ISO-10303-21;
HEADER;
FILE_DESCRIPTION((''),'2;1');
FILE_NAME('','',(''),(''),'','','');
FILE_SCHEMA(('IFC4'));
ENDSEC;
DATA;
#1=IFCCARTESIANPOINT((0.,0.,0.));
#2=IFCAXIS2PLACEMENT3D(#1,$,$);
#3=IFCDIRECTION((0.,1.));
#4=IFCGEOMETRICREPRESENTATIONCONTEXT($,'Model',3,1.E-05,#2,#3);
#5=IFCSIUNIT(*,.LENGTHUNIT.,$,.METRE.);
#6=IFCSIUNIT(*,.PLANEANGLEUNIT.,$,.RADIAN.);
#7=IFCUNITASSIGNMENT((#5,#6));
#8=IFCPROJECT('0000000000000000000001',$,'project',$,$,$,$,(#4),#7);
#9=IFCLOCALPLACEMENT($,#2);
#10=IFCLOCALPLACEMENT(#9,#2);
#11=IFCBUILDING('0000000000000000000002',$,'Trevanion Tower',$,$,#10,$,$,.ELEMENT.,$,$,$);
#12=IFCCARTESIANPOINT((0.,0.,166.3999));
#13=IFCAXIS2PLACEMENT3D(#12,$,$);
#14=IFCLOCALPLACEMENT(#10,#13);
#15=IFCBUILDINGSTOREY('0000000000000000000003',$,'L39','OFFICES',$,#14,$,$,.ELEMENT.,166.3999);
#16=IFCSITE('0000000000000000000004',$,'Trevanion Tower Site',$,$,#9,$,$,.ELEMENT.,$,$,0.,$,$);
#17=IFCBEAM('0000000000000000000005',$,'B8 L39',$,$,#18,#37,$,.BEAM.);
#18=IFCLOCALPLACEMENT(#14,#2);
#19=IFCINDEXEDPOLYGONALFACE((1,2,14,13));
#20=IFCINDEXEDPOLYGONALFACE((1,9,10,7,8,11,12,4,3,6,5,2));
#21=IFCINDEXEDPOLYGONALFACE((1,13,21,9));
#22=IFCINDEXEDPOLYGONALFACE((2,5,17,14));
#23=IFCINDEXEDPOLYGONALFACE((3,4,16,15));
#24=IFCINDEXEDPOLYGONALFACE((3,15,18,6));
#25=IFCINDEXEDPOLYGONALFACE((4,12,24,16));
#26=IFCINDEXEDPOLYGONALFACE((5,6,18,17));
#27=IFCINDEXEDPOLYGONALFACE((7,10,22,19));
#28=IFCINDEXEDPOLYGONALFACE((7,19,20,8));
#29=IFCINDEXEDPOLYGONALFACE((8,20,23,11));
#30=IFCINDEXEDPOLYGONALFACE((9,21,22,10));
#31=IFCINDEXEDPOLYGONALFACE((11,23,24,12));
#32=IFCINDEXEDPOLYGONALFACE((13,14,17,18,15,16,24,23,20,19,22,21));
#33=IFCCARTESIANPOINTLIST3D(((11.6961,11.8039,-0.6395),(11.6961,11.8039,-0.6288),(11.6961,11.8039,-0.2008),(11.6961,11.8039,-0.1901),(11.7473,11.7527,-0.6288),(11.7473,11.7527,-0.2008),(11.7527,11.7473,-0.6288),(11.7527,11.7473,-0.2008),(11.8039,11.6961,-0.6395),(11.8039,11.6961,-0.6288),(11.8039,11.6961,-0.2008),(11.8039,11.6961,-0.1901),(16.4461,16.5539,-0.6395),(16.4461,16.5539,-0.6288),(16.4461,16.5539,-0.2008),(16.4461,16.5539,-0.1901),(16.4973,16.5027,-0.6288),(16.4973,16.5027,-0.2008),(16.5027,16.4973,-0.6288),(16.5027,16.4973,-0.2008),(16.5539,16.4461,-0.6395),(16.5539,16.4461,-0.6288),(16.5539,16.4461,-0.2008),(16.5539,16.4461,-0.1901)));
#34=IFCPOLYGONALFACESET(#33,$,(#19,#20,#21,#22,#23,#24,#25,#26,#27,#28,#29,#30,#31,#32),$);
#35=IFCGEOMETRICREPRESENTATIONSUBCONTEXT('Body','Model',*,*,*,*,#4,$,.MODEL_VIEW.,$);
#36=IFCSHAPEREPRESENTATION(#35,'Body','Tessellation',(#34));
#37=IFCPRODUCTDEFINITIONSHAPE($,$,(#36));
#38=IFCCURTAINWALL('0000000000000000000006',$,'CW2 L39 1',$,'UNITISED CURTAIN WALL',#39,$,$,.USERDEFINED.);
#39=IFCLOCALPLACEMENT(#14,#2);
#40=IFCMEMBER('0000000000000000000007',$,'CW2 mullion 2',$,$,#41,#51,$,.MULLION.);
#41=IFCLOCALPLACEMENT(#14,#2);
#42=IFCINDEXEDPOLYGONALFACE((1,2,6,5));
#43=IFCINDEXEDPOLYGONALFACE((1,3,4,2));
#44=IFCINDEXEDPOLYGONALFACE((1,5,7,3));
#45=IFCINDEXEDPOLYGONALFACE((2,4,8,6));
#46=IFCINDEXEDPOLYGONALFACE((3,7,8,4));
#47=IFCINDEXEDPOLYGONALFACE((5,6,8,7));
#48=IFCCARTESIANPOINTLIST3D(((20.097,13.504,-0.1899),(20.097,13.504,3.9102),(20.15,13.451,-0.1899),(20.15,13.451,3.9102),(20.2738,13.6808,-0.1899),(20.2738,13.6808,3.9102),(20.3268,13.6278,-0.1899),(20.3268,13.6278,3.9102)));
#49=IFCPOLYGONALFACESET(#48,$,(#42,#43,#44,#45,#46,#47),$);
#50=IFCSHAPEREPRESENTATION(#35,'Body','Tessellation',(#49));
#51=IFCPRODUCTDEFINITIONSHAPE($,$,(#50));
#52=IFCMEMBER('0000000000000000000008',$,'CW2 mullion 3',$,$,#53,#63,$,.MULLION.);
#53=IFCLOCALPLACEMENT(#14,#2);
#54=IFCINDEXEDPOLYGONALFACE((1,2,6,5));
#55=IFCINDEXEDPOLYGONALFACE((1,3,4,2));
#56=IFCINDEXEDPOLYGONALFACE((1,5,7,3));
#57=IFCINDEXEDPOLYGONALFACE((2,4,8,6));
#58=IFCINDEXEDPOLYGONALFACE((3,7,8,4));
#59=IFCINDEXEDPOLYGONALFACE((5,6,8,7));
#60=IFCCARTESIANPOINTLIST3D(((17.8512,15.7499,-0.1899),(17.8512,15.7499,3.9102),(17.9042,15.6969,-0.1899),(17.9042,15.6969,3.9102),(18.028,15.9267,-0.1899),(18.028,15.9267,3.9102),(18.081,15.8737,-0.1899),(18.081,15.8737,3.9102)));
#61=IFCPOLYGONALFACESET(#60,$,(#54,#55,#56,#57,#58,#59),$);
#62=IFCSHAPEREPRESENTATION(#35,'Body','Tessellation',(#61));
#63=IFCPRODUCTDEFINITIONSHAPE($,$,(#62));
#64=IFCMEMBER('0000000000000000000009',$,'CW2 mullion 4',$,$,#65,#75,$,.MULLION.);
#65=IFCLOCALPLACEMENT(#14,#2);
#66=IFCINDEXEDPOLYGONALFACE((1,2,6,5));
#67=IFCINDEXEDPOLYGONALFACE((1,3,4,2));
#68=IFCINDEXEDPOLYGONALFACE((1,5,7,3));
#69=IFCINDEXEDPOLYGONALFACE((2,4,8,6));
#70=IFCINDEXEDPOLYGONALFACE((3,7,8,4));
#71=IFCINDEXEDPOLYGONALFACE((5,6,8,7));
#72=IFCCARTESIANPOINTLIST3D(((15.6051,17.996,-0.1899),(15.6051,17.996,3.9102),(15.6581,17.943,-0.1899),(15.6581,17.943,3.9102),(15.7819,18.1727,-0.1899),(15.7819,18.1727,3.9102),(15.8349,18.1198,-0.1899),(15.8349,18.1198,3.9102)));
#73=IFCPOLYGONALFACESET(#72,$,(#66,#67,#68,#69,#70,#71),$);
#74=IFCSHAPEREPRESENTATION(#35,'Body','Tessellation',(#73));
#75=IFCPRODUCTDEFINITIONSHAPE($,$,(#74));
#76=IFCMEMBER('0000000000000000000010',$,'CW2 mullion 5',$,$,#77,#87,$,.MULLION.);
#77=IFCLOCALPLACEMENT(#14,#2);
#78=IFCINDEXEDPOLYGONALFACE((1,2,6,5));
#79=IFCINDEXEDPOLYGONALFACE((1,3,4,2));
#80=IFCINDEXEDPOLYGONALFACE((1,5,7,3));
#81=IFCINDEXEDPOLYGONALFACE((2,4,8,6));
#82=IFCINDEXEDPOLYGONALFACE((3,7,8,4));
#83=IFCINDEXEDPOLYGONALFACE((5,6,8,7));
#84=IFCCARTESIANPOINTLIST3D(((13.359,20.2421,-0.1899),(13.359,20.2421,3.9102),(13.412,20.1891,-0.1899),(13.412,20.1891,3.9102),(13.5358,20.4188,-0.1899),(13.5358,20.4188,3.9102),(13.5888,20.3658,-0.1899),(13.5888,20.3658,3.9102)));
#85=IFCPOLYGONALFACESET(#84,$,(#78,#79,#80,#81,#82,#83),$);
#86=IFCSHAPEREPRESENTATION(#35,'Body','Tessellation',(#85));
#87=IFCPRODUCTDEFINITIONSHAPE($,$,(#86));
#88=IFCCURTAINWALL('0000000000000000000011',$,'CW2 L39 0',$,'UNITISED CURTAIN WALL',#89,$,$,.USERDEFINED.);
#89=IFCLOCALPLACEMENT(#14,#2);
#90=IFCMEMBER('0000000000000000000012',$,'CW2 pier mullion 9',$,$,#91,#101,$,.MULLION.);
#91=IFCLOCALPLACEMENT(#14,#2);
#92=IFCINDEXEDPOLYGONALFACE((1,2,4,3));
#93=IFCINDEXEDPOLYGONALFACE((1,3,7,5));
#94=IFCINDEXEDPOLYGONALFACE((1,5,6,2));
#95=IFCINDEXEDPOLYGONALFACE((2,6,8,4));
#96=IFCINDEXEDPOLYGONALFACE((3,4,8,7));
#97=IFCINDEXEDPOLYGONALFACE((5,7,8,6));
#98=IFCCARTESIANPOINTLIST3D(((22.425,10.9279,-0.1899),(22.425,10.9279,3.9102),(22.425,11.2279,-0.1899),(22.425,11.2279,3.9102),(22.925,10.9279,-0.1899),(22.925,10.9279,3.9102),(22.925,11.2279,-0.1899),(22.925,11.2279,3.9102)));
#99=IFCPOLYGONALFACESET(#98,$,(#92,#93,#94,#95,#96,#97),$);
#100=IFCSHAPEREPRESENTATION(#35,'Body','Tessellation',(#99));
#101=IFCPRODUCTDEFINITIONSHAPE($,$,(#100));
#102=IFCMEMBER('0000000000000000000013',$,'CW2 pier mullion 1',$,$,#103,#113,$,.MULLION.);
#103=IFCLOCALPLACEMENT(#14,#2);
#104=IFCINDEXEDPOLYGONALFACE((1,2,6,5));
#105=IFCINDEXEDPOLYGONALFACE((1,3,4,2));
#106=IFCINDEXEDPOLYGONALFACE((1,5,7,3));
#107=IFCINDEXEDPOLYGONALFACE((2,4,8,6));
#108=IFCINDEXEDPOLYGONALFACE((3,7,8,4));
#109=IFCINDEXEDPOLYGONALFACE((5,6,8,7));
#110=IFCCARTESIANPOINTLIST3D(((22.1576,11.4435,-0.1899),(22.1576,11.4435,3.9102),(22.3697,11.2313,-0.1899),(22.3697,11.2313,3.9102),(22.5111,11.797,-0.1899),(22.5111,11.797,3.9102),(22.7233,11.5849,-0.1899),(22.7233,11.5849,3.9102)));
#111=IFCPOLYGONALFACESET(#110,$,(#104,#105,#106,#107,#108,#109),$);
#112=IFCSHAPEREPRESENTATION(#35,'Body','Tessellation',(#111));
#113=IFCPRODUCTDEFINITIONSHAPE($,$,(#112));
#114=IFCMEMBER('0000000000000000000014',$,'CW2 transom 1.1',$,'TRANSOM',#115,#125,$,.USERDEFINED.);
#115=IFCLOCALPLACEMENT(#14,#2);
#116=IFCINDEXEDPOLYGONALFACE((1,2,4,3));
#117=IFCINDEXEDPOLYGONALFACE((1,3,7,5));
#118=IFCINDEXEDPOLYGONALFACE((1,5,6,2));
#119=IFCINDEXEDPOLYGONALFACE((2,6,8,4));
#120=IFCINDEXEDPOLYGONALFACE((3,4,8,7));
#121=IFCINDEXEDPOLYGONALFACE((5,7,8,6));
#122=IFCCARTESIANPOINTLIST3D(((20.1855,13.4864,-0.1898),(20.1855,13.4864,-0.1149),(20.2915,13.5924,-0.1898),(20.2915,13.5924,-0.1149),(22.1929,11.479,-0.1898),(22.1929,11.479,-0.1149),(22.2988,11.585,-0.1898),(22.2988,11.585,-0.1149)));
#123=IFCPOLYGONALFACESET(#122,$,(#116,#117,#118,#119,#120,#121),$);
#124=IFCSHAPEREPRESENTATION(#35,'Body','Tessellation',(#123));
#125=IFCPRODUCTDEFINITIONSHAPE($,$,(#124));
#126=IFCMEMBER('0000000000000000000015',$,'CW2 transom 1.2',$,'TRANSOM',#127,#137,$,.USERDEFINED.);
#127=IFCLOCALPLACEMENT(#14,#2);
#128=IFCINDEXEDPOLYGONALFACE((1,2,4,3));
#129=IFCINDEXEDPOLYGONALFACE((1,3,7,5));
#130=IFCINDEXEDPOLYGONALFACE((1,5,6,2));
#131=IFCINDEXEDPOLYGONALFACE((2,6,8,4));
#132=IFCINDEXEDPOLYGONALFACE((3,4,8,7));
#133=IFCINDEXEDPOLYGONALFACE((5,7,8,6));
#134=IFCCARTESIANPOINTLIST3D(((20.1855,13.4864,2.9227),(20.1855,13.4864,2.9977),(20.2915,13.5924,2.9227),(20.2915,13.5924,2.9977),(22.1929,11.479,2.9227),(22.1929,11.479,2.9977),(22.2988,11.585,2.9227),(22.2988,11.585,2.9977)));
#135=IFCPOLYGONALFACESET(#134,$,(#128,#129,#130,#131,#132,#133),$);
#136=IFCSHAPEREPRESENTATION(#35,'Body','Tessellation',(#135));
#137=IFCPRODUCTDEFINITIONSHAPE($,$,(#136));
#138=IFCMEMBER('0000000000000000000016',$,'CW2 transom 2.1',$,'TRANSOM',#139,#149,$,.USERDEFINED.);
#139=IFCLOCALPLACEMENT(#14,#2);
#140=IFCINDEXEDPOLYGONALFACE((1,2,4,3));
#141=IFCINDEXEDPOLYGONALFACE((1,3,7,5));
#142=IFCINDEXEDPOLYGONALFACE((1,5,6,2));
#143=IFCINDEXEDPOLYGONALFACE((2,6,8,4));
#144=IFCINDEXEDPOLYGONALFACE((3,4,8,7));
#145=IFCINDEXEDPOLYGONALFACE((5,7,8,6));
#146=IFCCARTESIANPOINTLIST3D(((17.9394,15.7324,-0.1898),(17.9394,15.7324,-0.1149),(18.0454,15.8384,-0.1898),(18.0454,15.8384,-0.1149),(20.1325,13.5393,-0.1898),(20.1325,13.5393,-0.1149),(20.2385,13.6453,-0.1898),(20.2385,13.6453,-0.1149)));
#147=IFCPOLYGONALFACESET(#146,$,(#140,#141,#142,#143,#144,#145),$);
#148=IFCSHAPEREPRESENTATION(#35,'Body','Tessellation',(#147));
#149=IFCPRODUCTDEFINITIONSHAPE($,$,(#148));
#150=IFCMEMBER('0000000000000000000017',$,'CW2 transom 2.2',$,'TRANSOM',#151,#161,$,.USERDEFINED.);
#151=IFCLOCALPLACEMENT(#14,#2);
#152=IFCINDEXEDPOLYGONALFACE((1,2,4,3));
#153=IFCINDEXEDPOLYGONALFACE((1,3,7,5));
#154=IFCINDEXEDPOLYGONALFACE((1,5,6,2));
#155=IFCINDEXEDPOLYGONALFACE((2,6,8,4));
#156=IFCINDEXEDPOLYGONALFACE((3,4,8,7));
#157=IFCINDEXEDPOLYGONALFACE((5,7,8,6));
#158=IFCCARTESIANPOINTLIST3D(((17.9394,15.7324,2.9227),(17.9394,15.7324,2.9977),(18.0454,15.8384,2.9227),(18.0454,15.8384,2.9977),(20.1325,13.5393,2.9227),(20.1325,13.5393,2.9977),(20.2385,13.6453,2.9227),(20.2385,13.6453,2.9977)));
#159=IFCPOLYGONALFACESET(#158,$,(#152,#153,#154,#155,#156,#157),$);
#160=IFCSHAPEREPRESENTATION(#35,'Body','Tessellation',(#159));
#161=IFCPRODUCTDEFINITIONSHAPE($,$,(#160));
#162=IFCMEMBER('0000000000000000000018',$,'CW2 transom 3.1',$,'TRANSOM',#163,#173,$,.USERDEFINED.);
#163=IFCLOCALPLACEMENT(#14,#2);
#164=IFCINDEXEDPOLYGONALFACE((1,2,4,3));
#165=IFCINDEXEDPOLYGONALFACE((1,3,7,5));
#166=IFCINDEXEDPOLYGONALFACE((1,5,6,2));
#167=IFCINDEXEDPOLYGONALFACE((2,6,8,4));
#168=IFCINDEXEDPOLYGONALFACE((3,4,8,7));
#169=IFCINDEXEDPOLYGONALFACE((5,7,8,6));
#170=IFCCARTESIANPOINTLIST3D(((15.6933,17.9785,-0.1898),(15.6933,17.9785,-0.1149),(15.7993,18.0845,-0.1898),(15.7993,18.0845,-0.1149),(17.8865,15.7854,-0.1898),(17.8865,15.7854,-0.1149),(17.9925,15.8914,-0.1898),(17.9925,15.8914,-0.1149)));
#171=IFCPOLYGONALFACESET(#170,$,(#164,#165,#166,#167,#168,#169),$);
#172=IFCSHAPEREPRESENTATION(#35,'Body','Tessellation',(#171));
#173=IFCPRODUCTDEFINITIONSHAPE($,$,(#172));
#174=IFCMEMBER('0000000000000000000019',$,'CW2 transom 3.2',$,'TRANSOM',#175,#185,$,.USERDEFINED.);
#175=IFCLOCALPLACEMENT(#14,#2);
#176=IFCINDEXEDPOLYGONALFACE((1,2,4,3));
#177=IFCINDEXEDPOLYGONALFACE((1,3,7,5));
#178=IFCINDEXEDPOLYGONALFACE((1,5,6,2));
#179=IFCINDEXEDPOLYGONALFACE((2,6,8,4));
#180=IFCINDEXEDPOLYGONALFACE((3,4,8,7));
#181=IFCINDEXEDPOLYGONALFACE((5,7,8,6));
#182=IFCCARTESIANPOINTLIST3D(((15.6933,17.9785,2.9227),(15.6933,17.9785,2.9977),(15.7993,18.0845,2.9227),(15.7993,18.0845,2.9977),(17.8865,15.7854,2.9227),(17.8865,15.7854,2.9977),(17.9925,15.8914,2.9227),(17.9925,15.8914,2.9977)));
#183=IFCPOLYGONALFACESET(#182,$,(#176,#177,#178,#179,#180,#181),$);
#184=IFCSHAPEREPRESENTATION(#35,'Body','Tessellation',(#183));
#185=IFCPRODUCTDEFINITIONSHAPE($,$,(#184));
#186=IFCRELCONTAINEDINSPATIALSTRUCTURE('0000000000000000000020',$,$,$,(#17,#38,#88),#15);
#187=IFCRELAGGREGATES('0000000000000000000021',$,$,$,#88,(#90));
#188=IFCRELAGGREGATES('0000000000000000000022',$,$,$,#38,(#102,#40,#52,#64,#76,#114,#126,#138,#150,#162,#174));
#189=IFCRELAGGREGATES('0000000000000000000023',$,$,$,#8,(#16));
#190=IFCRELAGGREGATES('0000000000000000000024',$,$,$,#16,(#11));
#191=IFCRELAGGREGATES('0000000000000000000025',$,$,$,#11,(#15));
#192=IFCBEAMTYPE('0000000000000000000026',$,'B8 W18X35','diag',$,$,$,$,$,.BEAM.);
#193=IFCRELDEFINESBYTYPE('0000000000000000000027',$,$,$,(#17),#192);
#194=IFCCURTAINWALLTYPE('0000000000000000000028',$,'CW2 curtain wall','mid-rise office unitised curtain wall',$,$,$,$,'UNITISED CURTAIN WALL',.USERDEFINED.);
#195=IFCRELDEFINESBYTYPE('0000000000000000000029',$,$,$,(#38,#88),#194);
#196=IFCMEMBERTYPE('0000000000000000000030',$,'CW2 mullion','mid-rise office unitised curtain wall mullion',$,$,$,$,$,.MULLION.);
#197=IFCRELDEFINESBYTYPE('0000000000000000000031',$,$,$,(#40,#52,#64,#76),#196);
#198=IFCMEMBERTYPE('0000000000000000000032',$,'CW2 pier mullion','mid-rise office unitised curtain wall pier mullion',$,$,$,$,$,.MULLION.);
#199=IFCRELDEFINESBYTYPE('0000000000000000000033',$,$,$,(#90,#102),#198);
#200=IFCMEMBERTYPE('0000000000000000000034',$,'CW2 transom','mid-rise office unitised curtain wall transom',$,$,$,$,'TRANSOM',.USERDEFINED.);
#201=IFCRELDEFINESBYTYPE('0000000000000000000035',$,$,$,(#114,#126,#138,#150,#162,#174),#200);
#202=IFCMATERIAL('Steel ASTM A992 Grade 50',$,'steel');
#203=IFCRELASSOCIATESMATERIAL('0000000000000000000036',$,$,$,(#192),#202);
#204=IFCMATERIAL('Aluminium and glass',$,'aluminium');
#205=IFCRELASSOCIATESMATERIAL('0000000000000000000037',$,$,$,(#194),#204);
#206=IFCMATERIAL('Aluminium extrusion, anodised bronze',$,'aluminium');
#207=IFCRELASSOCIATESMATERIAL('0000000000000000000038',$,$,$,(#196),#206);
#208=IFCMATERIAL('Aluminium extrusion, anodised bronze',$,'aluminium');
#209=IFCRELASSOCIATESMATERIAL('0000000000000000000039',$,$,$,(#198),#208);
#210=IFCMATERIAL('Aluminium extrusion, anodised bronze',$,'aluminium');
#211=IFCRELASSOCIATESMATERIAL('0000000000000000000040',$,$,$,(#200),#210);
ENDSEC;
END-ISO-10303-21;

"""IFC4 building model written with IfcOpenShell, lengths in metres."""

from ifc_helpers import new_model, si_unit, direction, frame, origin, origin_2d, place, context, subcontext, project, spatial, rectangle, i_section, extrude, material, material_profile, profile_set, type_object, element, aggregate, save


model = new_model("IFC4")

# Units and contexts
model_context = context("Model", 3, precision=1e-05, world=origin(), true_north=direction((0.0, 1.0)))
body_context = subcontext(model_context, "Body", "Model", "MODEL_VIEW")
ifc_project = project(units=[si_unit("LENGTHUNIT", "METRE"), si_unit("PLANEANGLEUNIT", "RADIAN")], contexts=[model_context])

# Site, building, storey
site_placement = place(None, origin())
site = spatial("IfcSite", under=ifc_project, at=site_placement, Name="Trevanion Tower Site", CompositionType="ELEMENT", RefElevation=0.0)
building_placement = place(site_placement, origin())
building = spatial("IfcBuilding", under=site, at=building_placement, Name="Trevanion Tower", CompositionType="ELEMENT")
storey_placement = place(building_placement, frame((0.0, 0.0, 166.3999)))
storey = spatial("IfcBuildingStorey", under=building, at=storey_placement, Name="L39", Description="OFFICES", CompositionType="ELEMENT", Elevation=166.3999)

# Beam
ifc_material_1 = material(Name="Steel ASTM A992 Grade 50", Category="steel")
ifc_material_profile_1 = material_profile(ifc_material_1, i_section(OverallWidth=0.1523, OverallDepth=0.4495, WebThickness=0.0076, FlangeThickness=0.0107, at=origin_2d()), Name="W18X35")
ifc_profile_set_1 = profile_set([ifc_material_profile_1], Name="Steel ASTM A992 Grade 50")
beam_type_1 = type_object("IfcBeamType", Name="B8 W18X35", Description="diag", PredefinedType="BEAM", material=ifc_profile_set_1)
beam_1_placement = place(storey_placement, frame((11.75, 11.75, -0.4148), z_axis=(0.707107, 0.707107, 0.0), x_axis=(-0.707107, 0.707107, 0.0)))
element("IfcBeam", 1, at=beam_1_placement, inside=storey, type_object=beam_type_1, Name="B8 L39", PredefinedType="BEAM", context=body_context, shape_type="SweptSolid", body=[
    extrude(i_section(OverallWidth=0.1523, OverallDepth=0.4495, WebThickness=0.0076, FlangeThickness=0.0107, at=origin_2d()), origin(), (0.0, 0.0, 1.0), 6.7175),
])

# Curtain wall, members
ifc_material_2 = material(Name="Aluminium and glass", Category="aluminium")
curtain_wall_type = type_object("IfcCurtainWallType", Name="CW2 curtain wall", Description="mid-rise office unitised curtain wall", ElementType="UNITISED CURTAIN WALL", PredefinedType="USERDEFINED", material=ifc_material_2)
curtain_wall_1_placement = place(storey_placement, origin())
curtain_wall_1 = element("IfcCurtainWall", 2, at=curtain_wall_1_placement, inside=storey, type_object=curtain_wall_type, Name="CW2 L39 1", ObjectType="UNITISED CURTAIN WALL", PredefinedType="USERDEFINED")
ifc_material_3 = material(Name="Aluminium extrusion, anodised bronze", Category="aluminium")
ifc_material_profile_2 = material_profile(ifc_material_3, rectangle(XDim=0.075, YDim=0.25, at=origin_2d()), Name="CW2 mullion")
ifc_profile_set_2 = profile_set([ifc_material_profile_2], Name="Aluminium extrusion, anodised bronze")
member_type_1 = type_object("IfcMemberType", Name="CW2 mullion", Description="mid-rise office unitised curtain wall mullion", PredefinedType="MULLION", material=ifc_profile_set_2)
member_1_placement = place(storey_placement, frame((20.2119, 13.5659, -0.1899), z_axis=(0.0, 0.0, 1.0), x_axis=(-0.707107, 0.707107, 0.0)))
member_1 = element("IfcMember", 3, at=member_1_placement, type_object=member_type_1, Name="CW2 mullion 2", PredefinedType="MULLION", context=body_context, shape_type="SweptSolid", body=[
    extrude(rectangle(XDim=0.075, YDim=0.25, at=origin_2d()), origin(), (0.0, 0.0, 1.0), 4.1001),
])
member_2_placement = place(storey_placement, frame((17.9661, 15.8118, -0.1899), z_axis=(0.0, 0.0, 1.0), x_axis=(-0.707107, 0.707107, 0.0)))
member_2 = element("IfcMember", 4, at=member_2_placement, type_object=member_type_1, Name="CW2 mullion 3", PredefinedType="MULLION", context=body_context, shape_type="SweptSolid", body=[
    extrude(rectangle(XDim=0.075, YDim=0.25, at=origin_2d()), origin(), (0.0, 0.0, 1.0), 4.1001),
])
member_3_placement = place(storey_placement, frame((15.72, 18.0579, -0.1899), z_axis=(0.0, 0.0, 1.0), x_axis=(-0.707107, 0.707107, 0.0)))
member_3 = element("IfcMember", 5, at=member_3_placement, type_object=member_type_1, Name="CW2 mullion 4", PredefinedType="MULLION", context=body_context, shape_type="SweptSolid", body=[
    extrude(rectangle(XDim=0.075, YDim=0.25, at=origin_2d()), origin(), (0.0, 0.0, 1.0), 4.1001),
])
member_4_placement = place(storey_placement, frame((13.4739, 20.304, -0.1899), z_axis=(0.0, 0.0, 1.0), x_axis=(-0.707107, 0.707107, 0.0)))
member_4 = element("IfcMember", 6, at=member_4_placement, type_object=member_type_1, Name="CW2 mullion 5", PredefinedType="MULLION", context=body_context, shape_type="SweptSolid", body=[
    extrude(rectangle(XDim=0.075, YDim=0.25, at=origin_2d()), origin(), (0.0, 0.0, 1.0), 4.1001),
])

# Curtain wall, member
curtain_wall_2_placement = place(storey_placement, origin())
curtain_wall_2 = element("IfcCurtainWall", 7, at=curtain_wall_2_placement, inside=storey, type_object=curtain_wall_type, Name="CW2 L39 0", ObjectType="UNITISED CURTAIN WALL", PredefinedType="USERDEFINED")
ifc_material_4 = material(Name="Aluminium extrusion, anodised bronze", Category="aluminium")
ifc_material_profile_3 = material_profile(ifc_material_4, rectangle(XDim=0.3, YDim=0.5, at=origin_2d()), Name="CW2 pier mullion")
ifc_profile_set_3 = profile_set([ifc_material_profile_3], Name="Aluminium extrusion, anodised bronze")
member_type_2 = type_object("IfcMemberType", Name="CW2 pier mullion", Description="mid-rise office unitised curtain wall pier mullion", PredefinedType="MULLION", material=ifc_profile_set_3)
member_5_placement = place(storey_placement, frame((22.675, 11.0779, -0.1899), z_axis=(0.0, 0.0, 1.0), x_axis=(0.0, 1.0, 0.0)))
member_5 = element("IfcMember", 8, at=member_5_placement, type_object=member_type_2, Name="CW2 pier mullion 9", PredefinedType="MULLION", context=body_context, shape_type="SweptSolid", body=[
    extrude(rectangle(XDim=0.3, YDim=0.5, at=origin_2d()), origin(), (0.0, 0.0, 1.0), 4.1001),
])
aggregate(curtain_wall_2, [member_5])

# Members
member_6_placement = place(storey_placement, frame((22.4404, 11.5142, -0.1899), z_axis=(0.0, 0.0, 1.0), x_axis=(-0.707107, 0.707107, 0.0)))
member_6 = element("IfcMember", 9, at=member_6_placement, type_object=member_type_2, Name="CW2 pier mullion 1", PredefinedType="MULLION", context=body_context, shape_type="SweptSolid", body=[
    extrude(rectangle(XDim=0.3, YDim=0.5, at=origin_2d()), origin(), (0.0, 0.0, 1.0), 4.1001),
])
ifc_material_5 = material(Name="Aluminium extrusion, anodised bronze", Category="aluminium")
ifc_material_profile_4 = material_profile(ifc_material_5, rectangle(XDim=0.1499, YDim=0.075, at=origin_2d()), Name="CW2 transom")
ifc_profile_set_4 = profile_set([ifc_material_profile_4], Name="Aluminium extrusion, anodised bronze")
member_type_3 = type_object("IfcMemberType", Name="CW2 transom", Description="mid-rise office unitised curtain wall transom", ElementType="TRANSOM", PredefinedType="USERDEFINED", material=ifc_profile_set_4)
member_7_placement = place(storey_placement, frame((22.2458, 11.532, -0.1523), z_axis=(-0.707107, 0.707107, 0.0), x_axis=(-0.707107, -0.707107, 0.0)))
member_7 = element("IfcMember", 10, at=member_7_placement, type_object=member_type_3, Name="CW2 transom 1.1", ObjectType="TRANSOM", PredefinedType="USERDEFINED", context=body_context, shape_type="SweptSolid", body=[
    extrude(rectangle(XDim=0.1499, YDim=0.075, at=origin_2d()), origin(), (0.0, 0.0, 1.0), 2.8389),
])
member_8_placement = place(storey_placement, frame((22.2458, 11.532, 2.9602), z_axis=(-0.707107, 0.707107, 0.0), x_axis=(-0.707107, -0.707107, 0.0)))
member_8 = element("IfcMember", 11, at=member_8_placement, type_object=member_type_3, Name="CW2 transom 1.2", ObjectType="TRANSOM", PredefinedType="USERDEFINED", context=body_context, shape_type="SweptSolid", body=[
    extrude(rectangle(XDim=0.1499, YDim=0.075, at=origin_2d()), origin(), (0.0, 0.0, 1.0), 2.8389),
])
member_9_placement = place(storey_placement, frame((20.1855, 13.5923, -0.1523), z_axis=(-0.707107, 0.707107, 0.0), x_axis=(-0.707107, -0.707107, 0.0)))
member_9 = element("IfcMember", 12, at=member_9_placement, type_object=member_type_3, Name="CW2 transom 2.1", ObjectType="TRANSOM", PredefinedType="USERDEFINED", context=body_context, shape_type="SweptSolid", body=[
    extrude(rectangle(XDim=0.1499, YDim=0.075, at=origin_2d()), origin(), (0.0, 0.0, 1.0), 3.1016),
])
member_10_placement = place(storey_placement, frame((20.1855, 13.5923, 2.9602), z_axis=(-0.707107, 0.707107, 0.0), x_axis=(-0.707107, -0.707107, 0.0)))
member_10 = element("IfcMember", 13, at=member_10_placement, type_object=member_type_3, Name="CW2 transom 2.2", ObjectType="TRANSOM", PredefinedType="USERDEFINED", context=body_context, shape_type="SweptSolid", body=[
    extrude(rectangle(XDim=0.1499, YDim=0.075, at=origin_2d()), origin(), (0.0, 0.0, 1.0), 3.1016),
])
member_11_placement = place(storey_placement, frame((17.9395, 15.8384, -0.1523), z_axis=(-0.707107, 0.707107, 0.0), x_axis=(-0.707107, -0.707107, 0.0)))
member_11 = element("IfcMember", 14, at=member_11_placement, type_object=member_type_3, Name="CW2 transom 3.1", ObjectType="TRANSOM", PredefinedType="USERDEFINED", context=body_context, shape_type="SweptSolid", body=[
    extrude(rectangle(XDim=0.1499, YDim=0.075, at=origin_2d()), origin(), (0.0, 0.0, 1.0), 3.1016),
])
member_12_placement = place(storey_placement, frame((17.9395, 15.8384, 2.9602), z_axis=(-0.707107, 0.707107, 0.0), x_axis=(-0.707107, -0.707107, 0.0)))
member_12 = element("IfcMember", 15, at=member_12_placement, type_object=member_type_3, Name="CW2 transom 3.2", ObjectType="TRANSOM", PredefinedType="USERDEFINED", context=body_context, shape_type="SweptSolid", body=[
    extrude(rectangle(XDim=0.1499, YDim=0.075, at=origin_2d()), origin(), (0.0, 0.0, 1.0), 3.1016),
])

aggregate(curtain_wall_1, [member_6, member_1, member_2, member_3, member_4, member_7, member_8, member_9, member_10, member_11, member_12])

save(model, "model.ifc")
